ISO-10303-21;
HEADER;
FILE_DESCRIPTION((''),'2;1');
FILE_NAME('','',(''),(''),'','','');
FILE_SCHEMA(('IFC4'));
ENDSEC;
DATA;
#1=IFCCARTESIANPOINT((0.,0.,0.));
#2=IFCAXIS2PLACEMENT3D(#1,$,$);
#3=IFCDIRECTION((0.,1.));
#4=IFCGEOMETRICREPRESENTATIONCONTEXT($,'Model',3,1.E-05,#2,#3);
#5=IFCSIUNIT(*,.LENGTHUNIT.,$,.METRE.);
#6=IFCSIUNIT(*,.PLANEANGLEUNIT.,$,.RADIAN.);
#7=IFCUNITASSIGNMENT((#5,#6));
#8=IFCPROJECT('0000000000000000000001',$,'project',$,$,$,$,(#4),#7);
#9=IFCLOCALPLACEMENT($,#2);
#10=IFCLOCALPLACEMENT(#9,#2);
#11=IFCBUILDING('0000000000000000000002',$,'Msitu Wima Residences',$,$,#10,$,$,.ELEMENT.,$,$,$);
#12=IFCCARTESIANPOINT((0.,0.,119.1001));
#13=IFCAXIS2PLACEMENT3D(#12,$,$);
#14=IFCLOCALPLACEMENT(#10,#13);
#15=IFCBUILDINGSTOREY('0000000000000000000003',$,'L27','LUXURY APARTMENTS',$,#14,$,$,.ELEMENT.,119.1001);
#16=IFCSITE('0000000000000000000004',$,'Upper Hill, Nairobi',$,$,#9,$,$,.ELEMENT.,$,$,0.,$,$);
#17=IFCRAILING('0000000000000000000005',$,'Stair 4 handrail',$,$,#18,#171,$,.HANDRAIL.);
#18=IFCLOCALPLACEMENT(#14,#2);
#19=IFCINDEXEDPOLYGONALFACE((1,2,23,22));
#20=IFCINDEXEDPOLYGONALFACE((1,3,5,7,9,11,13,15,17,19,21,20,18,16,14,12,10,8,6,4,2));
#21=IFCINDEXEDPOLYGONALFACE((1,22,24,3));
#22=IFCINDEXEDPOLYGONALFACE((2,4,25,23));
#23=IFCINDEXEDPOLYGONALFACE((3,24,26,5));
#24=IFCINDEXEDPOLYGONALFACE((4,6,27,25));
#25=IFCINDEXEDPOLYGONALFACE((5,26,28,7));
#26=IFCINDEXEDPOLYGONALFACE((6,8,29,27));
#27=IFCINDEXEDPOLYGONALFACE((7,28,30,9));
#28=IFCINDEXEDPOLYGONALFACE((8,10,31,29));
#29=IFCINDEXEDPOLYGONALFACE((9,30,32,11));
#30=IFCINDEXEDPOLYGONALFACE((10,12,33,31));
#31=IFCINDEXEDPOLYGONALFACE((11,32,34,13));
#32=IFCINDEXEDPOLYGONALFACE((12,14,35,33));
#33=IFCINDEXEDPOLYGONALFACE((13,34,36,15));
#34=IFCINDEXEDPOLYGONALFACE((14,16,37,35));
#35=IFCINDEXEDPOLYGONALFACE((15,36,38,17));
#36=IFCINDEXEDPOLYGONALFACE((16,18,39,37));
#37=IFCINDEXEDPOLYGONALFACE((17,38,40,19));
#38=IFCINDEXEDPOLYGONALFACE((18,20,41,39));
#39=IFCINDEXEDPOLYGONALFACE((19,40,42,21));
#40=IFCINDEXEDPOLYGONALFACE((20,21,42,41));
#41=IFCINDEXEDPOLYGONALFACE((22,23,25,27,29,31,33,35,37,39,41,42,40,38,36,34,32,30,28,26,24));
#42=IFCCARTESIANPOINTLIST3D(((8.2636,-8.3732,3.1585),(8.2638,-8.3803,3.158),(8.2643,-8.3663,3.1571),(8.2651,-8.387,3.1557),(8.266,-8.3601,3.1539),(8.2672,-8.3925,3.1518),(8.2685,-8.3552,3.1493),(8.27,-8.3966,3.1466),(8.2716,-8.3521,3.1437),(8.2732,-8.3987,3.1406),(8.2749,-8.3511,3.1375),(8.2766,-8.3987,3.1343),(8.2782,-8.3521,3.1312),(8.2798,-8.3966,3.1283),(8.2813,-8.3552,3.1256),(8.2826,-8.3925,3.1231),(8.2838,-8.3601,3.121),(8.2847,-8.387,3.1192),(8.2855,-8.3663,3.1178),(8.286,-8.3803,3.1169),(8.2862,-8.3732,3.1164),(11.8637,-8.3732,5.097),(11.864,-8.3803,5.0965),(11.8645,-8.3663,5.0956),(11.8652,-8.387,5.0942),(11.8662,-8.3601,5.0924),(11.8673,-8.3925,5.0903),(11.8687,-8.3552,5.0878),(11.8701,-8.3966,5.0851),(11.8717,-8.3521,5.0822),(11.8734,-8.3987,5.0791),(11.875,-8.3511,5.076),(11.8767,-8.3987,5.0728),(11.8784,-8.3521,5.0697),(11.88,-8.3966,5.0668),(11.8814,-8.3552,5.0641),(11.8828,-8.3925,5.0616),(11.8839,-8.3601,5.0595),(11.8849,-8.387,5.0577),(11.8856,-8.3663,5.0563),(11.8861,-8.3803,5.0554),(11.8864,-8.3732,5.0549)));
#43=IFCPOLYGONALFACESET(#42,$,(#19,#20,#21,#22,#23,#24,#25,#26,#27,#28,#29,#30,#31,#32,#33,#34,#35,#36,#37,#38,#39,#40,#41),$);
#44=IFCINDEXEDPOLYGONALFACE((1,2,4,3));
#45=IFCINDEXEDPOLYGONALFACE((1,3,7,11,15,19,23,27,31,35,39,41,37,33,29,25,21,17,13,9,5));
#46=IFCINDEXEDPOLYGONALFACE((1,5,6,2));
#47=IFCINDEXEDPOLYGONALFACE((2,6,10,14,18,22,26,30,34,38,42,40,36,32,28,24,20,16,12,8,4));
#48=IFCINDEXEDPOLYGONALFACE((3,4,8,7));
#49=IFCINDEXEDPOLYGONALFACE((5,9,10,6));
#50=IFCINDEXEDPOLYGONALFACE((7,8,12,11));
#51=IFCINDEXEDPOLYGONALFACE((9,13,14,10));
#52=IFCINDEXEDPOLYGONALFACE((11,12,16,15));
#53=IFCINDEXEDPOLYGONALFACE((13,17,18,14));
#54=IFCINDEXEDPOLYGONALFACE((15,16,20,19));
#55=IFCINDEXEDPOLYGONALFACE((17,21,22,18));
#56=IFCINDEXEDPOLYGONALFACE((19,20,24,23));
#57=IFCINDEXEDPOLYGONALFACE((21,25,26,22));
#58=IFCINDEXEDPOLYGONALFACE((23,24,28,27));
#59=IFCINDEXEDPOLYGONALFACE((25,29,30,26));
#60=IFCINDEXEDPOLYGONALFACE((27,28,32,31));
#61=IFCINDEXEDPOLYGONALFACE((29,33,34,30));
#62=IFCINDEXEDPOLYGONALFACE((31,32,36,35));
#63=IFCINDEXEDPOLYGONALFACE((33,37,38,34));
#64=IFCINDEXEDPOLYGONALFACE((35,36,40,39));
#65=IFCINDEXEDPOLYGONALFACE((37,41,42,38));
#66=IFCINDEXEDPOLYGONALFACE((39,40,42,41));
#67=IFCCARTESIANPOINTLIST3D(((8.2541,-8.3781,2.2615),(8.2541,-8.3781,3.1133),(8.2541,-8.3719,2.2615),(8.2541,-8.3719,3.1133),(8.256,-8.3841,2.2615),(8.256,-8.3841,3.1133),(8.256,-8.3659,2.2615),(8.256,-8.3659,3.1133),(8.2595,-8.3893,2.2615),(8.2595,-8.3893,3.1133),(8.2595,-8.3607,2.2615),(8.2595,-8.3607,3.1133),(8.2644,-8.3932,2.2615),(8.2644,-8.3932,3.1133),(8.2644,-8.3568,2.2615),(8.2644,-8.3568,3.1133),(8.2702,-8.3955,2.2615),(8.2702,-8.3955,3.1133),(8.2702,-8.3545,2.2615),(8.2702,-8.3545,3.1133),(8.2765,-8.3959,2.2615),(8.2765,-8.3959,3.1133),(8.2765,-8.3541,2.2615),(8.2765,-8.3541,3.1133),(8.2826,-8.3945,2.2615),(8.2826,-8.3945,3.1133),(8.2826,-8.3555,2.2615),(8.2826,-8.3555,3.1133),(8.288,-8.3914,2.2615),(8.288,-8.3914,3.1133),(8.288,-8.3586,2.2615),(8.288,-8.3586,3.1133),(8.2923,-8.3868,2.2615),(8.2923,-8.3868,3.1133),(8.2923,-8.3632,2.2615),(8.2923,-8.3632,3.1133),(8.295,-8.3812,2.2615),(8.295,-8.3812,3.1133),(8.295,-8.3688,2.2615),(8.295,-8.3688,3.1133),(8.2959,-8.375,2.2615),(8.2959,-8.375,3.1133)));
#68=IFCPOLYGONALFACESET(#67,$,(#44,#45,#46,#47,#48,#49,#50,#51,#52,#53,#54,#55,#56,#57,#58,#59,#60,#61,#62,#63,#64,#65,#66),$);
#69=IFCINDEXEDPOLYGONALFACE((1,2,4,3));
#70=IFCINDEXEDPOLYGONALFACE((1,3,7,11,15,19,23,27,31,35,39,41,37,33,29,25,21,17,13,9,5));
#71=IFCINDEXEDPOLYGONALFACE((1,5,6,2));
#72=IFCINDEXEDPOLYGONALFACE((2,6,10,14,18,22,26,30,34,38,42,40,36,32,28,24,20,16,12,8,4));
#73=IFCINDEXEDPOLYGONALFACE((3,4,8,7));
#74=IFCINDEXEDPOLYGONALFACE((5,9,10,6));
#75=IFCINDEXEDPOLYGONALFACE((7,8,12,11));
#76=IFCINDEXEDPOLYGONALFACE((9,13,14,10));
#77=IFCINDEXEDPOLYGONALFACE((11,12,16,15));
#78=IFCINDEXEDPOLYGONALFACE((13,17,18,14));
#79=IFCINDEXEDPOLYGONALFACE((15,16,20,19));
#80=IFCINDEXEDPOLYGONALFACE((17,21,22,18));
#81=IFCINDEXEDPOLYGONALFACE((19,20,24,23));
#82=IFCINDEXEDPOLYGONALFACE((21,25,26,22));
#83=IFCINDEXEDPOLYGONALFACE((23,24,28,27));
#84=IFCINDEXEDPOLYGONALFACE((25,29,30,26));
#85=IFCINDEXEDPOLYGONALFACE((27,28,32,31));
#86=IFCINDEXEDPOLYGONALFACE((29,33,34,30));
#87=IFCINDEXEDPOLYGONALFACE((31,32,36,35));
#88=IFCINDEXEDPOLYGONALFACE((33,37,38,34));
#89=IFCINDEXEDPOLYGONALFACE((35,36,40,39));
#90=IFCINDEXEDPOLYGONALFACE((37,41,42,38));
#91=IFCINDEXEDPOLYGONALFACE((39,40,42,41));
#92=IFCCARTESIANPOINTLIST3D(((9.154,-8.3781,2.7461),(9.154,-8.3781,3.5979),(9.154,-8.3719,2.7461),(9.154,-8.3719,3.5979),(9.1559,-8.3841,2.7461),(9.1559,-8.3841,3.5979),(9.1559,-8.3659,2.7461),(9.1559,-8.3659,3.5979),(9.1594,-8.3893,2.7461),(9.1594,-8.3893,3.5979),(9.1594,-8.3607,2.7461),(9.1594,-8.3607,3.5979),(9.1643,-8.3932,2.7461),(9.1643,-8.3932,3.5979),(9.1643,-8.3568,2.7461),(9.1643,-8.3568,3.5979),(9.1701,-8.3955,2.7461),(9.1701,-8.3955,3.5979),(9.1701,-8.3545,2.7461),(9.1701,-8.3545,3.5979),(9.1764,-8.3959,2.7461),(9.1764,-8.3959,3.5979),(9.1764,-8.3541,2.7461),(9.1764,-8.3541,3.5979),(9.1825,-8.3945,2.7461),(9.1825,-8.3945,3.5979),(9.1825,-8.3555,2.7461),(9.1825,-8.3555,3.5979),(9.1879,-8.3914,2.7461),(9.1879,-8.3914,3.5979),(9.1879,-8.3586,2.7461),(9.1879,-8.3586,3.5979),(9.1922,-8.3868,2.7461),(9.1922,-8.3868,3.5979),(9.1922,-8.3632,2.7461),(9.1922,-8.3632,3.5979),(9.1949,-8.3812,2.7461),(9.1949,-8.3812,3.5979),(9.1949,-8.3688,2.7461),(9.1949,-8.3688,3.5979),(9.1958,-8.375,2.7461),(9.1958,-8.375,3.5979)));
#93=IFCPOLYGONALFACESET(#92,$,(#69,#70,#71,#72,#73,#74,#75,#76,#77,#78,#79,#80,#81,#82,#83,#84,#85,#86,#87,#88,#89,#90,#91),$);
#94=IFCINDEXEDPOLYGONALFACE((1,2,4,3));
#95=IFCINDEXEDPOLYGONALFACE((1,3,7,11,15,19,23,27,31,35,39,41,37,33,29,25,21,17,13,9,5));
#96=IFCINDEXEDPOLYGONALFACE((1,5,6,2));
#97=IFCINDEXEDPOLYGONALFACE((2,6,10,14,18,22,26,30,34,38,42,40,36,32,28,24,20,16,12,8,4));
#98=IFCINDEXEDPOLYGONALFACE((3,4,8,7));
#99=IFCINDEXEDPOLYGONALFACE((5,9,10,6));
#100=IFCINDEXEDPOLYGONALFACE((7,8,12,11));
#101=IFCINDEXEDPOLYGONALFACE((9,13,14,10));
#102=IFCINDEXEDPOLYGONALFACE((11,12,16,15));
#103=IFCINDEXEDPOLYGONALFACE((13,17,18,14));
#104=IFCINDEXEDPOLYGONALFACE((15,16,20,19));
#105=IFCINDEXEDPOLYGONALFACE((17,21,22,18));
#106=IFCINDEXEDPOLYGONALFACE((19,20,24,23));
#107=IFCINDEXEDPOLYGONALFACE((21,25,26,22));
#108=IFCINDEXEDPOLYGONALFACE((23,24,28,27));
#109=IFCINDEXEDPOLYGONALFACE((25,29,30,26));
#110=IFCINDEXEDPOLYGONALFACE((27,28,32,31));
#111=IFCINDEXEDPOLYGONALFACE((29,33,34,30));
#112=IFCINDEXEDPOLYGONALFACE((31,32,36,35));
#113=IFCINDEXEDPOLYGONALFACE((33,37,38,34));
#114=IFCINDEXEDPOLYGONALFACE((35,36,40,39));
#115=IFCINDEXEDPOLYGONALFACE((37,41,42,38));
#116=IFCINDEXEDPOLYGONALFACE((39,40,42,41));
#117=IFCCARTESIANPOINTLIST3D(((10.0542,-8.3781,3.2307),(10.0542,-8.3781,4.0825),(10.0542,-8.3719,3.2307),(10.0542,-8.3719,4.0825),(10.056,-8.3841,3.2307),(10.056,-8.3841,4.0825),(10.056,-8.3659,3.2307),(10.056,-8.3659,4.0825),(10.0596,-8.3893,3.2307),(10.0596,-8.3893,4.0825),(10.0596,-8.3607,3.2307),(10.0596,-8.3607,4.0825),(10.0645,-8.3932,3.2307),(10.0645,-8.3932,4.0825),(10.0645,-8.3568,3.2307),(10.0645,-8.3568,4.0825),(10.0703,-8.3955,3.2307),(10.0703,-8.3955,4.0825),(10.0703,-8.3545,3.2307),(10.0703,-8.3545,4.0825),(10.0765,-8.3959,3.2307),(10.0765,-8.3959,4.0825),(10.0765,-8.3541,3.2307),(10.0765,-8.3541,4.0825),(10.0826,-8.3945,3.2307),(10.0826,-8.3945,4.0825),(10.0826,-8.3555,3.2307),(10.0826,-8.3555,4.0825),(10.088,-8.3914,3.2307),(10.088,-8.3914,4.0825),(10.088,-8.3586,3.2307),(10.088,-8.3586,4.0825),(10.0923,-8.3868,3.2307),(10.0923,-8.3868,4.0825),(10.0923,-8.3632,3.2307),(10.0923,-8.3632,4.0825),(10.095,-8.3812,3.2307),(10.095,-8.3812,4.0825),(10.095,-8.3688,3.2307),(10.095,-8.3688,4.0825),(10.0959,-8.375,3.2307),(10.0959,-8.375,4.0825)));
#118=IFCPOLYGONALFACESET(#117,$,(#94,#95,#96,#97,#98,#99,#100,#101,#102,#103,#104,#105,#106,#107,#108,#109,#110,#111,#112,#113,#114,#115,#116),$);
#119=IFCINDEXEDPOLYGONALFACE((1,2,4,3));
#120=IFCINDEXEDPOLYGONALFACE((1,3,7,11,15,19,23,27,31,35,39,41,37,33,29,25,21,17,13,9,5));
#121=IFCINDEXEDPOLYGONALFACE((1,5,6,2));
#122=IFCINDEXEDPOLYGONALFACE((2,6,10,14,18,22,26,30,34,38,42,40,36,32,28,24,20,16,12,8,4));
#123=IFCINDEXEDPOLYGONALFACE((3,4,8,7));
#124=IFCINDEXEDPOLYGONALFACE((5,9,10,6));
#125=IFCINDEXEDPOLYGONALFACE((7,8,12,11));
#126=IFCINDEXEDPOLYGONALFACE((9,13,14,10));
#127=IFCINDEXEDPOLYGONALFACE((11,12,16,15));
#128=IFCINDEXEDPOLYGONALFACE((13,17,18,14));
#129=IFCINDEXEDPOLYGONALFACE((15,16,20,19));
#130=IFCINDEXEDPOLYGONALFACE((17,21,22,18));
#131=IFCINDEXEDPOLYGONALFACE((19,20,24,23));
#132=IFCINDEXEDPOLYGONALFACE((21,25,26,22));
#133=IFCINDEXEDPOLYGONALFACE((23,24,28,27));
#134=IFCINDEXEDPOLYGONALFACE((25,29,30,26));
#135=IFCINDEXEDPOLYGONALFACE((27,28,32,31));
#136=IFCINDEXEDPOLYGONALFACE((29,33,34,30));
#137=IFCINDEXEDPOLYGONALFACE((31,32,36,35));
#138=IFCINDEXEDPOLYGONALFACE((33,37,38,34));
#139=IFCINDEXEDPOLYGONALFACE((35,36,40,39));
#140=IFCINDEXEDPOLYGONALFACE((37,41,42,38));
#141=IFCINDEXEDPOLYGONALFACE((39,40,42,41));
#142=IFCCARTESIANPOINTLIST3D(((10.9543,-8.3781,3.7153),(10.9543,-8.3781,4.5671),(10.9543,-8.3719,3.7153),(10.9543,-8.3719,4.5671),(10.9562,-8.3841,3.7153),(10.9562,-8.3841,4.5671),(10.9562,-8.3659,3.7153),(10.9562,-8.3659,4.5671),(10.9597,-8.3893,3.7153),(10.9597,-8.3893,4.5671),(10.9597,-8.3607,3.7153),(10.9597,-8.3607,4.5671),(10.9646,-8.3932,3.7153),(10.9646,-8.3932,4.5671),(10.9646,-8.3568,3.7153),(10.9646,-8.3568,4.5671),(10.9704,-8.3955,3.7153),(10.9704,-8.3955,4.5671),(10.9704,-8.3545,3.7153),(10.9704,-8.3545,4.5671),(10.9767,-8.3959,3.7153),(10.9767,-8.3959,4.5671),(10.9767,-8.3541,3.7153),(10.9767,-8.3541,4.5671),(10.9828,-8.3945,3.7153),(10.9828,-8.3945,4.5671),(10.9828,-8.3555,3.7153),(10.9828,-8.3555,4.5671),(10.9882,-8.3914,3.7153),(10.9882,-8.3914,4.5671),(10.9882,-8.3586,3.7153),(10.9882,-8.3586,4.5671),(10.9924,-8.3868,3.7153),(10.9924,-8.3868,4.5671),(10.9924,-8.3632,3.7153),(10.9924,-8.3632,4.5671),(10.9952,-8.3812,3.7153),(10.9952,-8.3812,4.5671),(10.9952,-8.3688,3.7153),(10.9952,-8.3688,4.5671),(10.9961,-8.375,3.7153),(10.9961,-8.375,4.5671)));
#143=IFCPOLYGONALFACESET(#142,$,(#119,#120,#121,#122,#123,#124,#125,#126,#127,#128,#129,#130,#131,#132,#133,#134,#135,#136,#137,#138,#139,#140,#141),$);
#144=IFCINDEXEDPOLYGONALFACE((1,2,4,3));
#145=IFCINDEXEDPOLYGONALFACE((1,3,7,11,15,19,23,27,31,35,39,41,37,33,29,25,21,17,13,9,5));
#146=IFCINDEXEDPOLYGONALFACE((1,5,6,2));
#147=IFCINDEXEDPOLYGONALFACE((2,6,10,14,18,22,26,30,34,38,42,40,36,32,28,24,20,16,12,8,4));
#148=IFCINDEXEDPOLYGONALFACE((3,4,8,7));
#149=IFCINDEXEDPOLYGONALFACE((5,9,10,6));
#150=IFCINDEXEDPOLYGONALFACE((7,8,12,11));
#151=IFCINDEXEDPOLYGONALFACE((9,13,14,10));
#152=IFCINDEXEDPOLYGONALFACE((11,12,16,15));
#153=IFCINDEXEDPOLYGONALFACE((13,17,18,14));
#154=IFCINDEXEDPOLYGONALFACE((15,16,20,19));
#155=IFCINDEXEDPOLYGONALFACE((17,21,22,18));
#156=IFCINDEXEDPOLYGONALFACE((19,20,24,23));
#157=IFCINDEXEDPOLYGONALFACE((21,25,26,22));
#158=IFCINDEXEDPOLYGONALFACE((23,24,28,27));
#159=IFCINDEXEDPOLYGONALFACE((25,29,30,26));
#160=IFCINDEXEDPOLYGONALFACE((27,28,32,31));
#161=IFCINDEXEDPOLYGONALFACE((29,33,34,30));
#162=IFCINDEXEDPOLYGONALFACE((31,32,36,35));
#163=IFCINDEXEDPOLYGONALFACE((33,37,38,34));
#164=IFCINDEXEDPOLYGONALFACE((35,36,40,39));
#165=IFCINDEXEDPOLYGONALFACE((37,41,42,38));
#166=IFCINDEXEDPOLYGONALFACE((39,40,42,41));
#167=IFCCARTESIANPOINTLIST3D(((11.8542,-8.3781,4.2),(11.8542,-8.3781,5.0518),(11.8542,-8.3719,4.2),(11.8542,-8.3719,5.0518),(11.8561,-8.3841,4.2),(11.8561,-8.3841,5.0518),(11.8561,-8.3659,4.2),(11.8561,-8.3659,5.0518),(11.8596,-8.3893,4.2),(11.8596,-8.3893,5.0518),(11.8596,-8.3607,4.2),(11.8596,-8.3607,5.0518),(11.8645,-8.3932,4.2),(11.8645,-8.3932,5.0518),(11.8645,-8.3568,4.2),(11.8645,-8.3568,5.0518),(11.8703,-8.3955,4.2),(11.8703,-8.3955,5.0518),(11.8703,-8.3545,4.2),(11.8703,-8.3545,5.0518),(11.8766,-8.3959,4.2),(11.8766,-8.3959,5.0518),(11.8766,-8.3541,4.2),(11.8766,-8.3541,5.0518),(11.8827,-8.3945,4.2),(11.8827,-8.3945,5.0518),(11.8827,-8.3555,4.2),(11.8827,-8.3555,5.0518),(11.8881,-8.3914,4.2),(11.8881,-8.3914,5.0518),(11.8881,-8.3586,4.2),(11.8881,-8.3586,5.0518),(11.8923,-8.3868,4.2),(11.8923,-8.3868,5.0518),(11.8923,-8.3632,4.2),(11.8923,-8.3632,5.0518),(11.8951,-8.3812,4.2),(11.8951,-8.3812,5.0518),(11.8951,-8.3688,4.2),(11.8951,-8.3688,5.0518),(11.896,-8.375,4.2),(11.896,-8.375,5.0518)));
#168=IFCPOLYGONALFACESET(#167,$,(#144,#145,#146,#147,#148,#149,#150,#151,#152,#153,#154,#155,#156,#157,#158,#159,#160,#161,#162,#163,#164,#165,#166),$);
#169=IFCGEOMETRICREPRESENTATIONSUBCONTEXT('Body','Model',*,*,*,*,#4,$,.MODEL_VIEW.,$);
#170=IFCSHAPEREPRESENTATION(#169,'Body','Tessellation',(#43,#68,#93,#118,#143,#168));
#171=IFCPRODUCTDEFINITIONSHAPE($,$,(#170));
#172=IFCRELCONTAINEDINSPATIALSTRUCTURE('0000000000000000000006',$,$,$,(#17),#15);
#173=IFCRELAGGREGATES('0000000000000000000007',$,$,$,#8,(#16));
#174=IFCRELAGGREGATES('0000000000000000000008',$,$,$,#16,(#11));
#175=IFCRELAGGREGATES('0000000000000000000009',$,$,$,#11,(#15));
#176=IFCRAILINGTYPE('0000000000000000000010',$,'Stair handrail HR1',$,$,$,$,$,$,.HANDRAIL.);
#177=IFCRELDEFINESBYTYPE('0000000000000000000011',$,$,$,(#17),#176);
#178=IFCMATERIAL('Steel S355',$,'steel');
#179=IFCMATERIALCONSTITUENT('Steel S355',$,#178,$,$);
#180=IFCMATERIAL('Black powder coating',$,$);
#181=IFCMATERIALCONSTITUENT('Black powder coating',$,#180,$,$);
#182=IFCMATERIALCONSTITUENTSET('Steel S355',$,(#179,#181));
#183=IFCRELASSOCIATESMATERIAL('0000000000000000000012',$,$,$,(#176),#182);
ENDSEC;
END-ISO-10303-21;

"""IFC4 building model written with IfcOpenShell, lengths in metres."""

from ifc_helpers import new_model, si_unit, direction, frame, origin, origin_2d, place, context, subcontext, project, spatial, circle, extrude, material, constituent, constituent_set, type_object, element, save


model = new_model("IFC4")

# Units and contexts
model_context = context("Model", 3, precision=1e-05, world=origin(), true_north=direction((0.0, 1.0)))
body_context = subcontext(model_context, "Body", "Model", "MODEL_VIEW")
ifc_project = project(units=[si_unit("LENGTHUNIT", "METRE"), si_unit("PLANEANGLEUNIT", "RADIAN")], contexts=[model_context])

# Site, building, storey
site_placement = place(None, origin())
site = spatial("IfcSite", under=ifc_project, at=site_placement, Name="Upper Hill, Nairobi", CompositionType="ELEMENT", RefElevation=0.0)
building_placement = place(site_placement, origin())
building = spatial("IfcBuilding", under=site, at=building_placement, Name="Msitu Wima Residences", CompositionType="ELEMENT")
storey_placement = place(building_placement, frame((0.0, 0.0, 119.1001)))
storey = spatial("IfcBuildingStorey", under=building, at=storey_placement, Name="L27", Description="LUXURY APARTMENTS", CompositionType="ELEMENT", Elevation=119.1001)

# Railing
ifc_material_1 = material(Name="Steel S355", Category="steel")
ifc_constituent_1 = constituent(ifc_material_1, Name="Steel S355")
ifc_material_2 = material(Name="Black powder coating")
ifc_constituent_2 = constituent(ifc_material_2, Name="Black powder coating")
ifc_constituent_set = constituent_set(constituents=[ifc_constituent_1, ifc_constituent_2], Name="Steel S355")
railing_type = type_object("IfcRailingType", Name="Stair handrail HR1", PredefinedType="HANDRAIL", material=ifc_constituent_set)
for number, where, name in (
    (1, (8.2749, -8.375, 2.2615), "Stair 4 handrail"),
):
    element("IfcRailing", number, at=place(storey_placement, frame(where)), inside=storey, type_object=railing_type, Name=name, PredefinedType="HANDRAIL", context=body_context, shape_type="SweptSolid", body=[
        extrude(circle(Radius=0.0239, at=origin_2d()), frame((0.0, 0.0, 0.876), z_axis=(0.880475, 0.0, 0.474093), x_axis=(0.0, 1.0, 0.0)), (0.0, 0.0, 1.0), 4.0889),
        extrude(circle(Radius=0.021, at=origin_2d()), origin(), (0.0, 0.0, 1.0), 0.8518),
        extrude(circle(Radius=0.021, at=origin_2d()), frame((0.8999, 0.0, 0.4846)), (0.0, 0.0, 1.0), 0.8518),
        extrude(circle(Radius=0.021, at=origin_2d()), frame((1.8, 0.0, 0.9692)), (0.0, 0.0, 1.0), 0.8518),
        extrude(circle(Radius=0.021, at=origin_2d()), frame((2.7002, 0.0, 1.4539)), (0.0, 0.0, 1.0), 0.8518),
        extrude(circle(Radius=0.021, at=origin_2d()), frame((3.6001, 0.0, 1.9385)), (0.0, 0.0, 1.0), 0.8518),
    ])

save(model, "model.ifc")
